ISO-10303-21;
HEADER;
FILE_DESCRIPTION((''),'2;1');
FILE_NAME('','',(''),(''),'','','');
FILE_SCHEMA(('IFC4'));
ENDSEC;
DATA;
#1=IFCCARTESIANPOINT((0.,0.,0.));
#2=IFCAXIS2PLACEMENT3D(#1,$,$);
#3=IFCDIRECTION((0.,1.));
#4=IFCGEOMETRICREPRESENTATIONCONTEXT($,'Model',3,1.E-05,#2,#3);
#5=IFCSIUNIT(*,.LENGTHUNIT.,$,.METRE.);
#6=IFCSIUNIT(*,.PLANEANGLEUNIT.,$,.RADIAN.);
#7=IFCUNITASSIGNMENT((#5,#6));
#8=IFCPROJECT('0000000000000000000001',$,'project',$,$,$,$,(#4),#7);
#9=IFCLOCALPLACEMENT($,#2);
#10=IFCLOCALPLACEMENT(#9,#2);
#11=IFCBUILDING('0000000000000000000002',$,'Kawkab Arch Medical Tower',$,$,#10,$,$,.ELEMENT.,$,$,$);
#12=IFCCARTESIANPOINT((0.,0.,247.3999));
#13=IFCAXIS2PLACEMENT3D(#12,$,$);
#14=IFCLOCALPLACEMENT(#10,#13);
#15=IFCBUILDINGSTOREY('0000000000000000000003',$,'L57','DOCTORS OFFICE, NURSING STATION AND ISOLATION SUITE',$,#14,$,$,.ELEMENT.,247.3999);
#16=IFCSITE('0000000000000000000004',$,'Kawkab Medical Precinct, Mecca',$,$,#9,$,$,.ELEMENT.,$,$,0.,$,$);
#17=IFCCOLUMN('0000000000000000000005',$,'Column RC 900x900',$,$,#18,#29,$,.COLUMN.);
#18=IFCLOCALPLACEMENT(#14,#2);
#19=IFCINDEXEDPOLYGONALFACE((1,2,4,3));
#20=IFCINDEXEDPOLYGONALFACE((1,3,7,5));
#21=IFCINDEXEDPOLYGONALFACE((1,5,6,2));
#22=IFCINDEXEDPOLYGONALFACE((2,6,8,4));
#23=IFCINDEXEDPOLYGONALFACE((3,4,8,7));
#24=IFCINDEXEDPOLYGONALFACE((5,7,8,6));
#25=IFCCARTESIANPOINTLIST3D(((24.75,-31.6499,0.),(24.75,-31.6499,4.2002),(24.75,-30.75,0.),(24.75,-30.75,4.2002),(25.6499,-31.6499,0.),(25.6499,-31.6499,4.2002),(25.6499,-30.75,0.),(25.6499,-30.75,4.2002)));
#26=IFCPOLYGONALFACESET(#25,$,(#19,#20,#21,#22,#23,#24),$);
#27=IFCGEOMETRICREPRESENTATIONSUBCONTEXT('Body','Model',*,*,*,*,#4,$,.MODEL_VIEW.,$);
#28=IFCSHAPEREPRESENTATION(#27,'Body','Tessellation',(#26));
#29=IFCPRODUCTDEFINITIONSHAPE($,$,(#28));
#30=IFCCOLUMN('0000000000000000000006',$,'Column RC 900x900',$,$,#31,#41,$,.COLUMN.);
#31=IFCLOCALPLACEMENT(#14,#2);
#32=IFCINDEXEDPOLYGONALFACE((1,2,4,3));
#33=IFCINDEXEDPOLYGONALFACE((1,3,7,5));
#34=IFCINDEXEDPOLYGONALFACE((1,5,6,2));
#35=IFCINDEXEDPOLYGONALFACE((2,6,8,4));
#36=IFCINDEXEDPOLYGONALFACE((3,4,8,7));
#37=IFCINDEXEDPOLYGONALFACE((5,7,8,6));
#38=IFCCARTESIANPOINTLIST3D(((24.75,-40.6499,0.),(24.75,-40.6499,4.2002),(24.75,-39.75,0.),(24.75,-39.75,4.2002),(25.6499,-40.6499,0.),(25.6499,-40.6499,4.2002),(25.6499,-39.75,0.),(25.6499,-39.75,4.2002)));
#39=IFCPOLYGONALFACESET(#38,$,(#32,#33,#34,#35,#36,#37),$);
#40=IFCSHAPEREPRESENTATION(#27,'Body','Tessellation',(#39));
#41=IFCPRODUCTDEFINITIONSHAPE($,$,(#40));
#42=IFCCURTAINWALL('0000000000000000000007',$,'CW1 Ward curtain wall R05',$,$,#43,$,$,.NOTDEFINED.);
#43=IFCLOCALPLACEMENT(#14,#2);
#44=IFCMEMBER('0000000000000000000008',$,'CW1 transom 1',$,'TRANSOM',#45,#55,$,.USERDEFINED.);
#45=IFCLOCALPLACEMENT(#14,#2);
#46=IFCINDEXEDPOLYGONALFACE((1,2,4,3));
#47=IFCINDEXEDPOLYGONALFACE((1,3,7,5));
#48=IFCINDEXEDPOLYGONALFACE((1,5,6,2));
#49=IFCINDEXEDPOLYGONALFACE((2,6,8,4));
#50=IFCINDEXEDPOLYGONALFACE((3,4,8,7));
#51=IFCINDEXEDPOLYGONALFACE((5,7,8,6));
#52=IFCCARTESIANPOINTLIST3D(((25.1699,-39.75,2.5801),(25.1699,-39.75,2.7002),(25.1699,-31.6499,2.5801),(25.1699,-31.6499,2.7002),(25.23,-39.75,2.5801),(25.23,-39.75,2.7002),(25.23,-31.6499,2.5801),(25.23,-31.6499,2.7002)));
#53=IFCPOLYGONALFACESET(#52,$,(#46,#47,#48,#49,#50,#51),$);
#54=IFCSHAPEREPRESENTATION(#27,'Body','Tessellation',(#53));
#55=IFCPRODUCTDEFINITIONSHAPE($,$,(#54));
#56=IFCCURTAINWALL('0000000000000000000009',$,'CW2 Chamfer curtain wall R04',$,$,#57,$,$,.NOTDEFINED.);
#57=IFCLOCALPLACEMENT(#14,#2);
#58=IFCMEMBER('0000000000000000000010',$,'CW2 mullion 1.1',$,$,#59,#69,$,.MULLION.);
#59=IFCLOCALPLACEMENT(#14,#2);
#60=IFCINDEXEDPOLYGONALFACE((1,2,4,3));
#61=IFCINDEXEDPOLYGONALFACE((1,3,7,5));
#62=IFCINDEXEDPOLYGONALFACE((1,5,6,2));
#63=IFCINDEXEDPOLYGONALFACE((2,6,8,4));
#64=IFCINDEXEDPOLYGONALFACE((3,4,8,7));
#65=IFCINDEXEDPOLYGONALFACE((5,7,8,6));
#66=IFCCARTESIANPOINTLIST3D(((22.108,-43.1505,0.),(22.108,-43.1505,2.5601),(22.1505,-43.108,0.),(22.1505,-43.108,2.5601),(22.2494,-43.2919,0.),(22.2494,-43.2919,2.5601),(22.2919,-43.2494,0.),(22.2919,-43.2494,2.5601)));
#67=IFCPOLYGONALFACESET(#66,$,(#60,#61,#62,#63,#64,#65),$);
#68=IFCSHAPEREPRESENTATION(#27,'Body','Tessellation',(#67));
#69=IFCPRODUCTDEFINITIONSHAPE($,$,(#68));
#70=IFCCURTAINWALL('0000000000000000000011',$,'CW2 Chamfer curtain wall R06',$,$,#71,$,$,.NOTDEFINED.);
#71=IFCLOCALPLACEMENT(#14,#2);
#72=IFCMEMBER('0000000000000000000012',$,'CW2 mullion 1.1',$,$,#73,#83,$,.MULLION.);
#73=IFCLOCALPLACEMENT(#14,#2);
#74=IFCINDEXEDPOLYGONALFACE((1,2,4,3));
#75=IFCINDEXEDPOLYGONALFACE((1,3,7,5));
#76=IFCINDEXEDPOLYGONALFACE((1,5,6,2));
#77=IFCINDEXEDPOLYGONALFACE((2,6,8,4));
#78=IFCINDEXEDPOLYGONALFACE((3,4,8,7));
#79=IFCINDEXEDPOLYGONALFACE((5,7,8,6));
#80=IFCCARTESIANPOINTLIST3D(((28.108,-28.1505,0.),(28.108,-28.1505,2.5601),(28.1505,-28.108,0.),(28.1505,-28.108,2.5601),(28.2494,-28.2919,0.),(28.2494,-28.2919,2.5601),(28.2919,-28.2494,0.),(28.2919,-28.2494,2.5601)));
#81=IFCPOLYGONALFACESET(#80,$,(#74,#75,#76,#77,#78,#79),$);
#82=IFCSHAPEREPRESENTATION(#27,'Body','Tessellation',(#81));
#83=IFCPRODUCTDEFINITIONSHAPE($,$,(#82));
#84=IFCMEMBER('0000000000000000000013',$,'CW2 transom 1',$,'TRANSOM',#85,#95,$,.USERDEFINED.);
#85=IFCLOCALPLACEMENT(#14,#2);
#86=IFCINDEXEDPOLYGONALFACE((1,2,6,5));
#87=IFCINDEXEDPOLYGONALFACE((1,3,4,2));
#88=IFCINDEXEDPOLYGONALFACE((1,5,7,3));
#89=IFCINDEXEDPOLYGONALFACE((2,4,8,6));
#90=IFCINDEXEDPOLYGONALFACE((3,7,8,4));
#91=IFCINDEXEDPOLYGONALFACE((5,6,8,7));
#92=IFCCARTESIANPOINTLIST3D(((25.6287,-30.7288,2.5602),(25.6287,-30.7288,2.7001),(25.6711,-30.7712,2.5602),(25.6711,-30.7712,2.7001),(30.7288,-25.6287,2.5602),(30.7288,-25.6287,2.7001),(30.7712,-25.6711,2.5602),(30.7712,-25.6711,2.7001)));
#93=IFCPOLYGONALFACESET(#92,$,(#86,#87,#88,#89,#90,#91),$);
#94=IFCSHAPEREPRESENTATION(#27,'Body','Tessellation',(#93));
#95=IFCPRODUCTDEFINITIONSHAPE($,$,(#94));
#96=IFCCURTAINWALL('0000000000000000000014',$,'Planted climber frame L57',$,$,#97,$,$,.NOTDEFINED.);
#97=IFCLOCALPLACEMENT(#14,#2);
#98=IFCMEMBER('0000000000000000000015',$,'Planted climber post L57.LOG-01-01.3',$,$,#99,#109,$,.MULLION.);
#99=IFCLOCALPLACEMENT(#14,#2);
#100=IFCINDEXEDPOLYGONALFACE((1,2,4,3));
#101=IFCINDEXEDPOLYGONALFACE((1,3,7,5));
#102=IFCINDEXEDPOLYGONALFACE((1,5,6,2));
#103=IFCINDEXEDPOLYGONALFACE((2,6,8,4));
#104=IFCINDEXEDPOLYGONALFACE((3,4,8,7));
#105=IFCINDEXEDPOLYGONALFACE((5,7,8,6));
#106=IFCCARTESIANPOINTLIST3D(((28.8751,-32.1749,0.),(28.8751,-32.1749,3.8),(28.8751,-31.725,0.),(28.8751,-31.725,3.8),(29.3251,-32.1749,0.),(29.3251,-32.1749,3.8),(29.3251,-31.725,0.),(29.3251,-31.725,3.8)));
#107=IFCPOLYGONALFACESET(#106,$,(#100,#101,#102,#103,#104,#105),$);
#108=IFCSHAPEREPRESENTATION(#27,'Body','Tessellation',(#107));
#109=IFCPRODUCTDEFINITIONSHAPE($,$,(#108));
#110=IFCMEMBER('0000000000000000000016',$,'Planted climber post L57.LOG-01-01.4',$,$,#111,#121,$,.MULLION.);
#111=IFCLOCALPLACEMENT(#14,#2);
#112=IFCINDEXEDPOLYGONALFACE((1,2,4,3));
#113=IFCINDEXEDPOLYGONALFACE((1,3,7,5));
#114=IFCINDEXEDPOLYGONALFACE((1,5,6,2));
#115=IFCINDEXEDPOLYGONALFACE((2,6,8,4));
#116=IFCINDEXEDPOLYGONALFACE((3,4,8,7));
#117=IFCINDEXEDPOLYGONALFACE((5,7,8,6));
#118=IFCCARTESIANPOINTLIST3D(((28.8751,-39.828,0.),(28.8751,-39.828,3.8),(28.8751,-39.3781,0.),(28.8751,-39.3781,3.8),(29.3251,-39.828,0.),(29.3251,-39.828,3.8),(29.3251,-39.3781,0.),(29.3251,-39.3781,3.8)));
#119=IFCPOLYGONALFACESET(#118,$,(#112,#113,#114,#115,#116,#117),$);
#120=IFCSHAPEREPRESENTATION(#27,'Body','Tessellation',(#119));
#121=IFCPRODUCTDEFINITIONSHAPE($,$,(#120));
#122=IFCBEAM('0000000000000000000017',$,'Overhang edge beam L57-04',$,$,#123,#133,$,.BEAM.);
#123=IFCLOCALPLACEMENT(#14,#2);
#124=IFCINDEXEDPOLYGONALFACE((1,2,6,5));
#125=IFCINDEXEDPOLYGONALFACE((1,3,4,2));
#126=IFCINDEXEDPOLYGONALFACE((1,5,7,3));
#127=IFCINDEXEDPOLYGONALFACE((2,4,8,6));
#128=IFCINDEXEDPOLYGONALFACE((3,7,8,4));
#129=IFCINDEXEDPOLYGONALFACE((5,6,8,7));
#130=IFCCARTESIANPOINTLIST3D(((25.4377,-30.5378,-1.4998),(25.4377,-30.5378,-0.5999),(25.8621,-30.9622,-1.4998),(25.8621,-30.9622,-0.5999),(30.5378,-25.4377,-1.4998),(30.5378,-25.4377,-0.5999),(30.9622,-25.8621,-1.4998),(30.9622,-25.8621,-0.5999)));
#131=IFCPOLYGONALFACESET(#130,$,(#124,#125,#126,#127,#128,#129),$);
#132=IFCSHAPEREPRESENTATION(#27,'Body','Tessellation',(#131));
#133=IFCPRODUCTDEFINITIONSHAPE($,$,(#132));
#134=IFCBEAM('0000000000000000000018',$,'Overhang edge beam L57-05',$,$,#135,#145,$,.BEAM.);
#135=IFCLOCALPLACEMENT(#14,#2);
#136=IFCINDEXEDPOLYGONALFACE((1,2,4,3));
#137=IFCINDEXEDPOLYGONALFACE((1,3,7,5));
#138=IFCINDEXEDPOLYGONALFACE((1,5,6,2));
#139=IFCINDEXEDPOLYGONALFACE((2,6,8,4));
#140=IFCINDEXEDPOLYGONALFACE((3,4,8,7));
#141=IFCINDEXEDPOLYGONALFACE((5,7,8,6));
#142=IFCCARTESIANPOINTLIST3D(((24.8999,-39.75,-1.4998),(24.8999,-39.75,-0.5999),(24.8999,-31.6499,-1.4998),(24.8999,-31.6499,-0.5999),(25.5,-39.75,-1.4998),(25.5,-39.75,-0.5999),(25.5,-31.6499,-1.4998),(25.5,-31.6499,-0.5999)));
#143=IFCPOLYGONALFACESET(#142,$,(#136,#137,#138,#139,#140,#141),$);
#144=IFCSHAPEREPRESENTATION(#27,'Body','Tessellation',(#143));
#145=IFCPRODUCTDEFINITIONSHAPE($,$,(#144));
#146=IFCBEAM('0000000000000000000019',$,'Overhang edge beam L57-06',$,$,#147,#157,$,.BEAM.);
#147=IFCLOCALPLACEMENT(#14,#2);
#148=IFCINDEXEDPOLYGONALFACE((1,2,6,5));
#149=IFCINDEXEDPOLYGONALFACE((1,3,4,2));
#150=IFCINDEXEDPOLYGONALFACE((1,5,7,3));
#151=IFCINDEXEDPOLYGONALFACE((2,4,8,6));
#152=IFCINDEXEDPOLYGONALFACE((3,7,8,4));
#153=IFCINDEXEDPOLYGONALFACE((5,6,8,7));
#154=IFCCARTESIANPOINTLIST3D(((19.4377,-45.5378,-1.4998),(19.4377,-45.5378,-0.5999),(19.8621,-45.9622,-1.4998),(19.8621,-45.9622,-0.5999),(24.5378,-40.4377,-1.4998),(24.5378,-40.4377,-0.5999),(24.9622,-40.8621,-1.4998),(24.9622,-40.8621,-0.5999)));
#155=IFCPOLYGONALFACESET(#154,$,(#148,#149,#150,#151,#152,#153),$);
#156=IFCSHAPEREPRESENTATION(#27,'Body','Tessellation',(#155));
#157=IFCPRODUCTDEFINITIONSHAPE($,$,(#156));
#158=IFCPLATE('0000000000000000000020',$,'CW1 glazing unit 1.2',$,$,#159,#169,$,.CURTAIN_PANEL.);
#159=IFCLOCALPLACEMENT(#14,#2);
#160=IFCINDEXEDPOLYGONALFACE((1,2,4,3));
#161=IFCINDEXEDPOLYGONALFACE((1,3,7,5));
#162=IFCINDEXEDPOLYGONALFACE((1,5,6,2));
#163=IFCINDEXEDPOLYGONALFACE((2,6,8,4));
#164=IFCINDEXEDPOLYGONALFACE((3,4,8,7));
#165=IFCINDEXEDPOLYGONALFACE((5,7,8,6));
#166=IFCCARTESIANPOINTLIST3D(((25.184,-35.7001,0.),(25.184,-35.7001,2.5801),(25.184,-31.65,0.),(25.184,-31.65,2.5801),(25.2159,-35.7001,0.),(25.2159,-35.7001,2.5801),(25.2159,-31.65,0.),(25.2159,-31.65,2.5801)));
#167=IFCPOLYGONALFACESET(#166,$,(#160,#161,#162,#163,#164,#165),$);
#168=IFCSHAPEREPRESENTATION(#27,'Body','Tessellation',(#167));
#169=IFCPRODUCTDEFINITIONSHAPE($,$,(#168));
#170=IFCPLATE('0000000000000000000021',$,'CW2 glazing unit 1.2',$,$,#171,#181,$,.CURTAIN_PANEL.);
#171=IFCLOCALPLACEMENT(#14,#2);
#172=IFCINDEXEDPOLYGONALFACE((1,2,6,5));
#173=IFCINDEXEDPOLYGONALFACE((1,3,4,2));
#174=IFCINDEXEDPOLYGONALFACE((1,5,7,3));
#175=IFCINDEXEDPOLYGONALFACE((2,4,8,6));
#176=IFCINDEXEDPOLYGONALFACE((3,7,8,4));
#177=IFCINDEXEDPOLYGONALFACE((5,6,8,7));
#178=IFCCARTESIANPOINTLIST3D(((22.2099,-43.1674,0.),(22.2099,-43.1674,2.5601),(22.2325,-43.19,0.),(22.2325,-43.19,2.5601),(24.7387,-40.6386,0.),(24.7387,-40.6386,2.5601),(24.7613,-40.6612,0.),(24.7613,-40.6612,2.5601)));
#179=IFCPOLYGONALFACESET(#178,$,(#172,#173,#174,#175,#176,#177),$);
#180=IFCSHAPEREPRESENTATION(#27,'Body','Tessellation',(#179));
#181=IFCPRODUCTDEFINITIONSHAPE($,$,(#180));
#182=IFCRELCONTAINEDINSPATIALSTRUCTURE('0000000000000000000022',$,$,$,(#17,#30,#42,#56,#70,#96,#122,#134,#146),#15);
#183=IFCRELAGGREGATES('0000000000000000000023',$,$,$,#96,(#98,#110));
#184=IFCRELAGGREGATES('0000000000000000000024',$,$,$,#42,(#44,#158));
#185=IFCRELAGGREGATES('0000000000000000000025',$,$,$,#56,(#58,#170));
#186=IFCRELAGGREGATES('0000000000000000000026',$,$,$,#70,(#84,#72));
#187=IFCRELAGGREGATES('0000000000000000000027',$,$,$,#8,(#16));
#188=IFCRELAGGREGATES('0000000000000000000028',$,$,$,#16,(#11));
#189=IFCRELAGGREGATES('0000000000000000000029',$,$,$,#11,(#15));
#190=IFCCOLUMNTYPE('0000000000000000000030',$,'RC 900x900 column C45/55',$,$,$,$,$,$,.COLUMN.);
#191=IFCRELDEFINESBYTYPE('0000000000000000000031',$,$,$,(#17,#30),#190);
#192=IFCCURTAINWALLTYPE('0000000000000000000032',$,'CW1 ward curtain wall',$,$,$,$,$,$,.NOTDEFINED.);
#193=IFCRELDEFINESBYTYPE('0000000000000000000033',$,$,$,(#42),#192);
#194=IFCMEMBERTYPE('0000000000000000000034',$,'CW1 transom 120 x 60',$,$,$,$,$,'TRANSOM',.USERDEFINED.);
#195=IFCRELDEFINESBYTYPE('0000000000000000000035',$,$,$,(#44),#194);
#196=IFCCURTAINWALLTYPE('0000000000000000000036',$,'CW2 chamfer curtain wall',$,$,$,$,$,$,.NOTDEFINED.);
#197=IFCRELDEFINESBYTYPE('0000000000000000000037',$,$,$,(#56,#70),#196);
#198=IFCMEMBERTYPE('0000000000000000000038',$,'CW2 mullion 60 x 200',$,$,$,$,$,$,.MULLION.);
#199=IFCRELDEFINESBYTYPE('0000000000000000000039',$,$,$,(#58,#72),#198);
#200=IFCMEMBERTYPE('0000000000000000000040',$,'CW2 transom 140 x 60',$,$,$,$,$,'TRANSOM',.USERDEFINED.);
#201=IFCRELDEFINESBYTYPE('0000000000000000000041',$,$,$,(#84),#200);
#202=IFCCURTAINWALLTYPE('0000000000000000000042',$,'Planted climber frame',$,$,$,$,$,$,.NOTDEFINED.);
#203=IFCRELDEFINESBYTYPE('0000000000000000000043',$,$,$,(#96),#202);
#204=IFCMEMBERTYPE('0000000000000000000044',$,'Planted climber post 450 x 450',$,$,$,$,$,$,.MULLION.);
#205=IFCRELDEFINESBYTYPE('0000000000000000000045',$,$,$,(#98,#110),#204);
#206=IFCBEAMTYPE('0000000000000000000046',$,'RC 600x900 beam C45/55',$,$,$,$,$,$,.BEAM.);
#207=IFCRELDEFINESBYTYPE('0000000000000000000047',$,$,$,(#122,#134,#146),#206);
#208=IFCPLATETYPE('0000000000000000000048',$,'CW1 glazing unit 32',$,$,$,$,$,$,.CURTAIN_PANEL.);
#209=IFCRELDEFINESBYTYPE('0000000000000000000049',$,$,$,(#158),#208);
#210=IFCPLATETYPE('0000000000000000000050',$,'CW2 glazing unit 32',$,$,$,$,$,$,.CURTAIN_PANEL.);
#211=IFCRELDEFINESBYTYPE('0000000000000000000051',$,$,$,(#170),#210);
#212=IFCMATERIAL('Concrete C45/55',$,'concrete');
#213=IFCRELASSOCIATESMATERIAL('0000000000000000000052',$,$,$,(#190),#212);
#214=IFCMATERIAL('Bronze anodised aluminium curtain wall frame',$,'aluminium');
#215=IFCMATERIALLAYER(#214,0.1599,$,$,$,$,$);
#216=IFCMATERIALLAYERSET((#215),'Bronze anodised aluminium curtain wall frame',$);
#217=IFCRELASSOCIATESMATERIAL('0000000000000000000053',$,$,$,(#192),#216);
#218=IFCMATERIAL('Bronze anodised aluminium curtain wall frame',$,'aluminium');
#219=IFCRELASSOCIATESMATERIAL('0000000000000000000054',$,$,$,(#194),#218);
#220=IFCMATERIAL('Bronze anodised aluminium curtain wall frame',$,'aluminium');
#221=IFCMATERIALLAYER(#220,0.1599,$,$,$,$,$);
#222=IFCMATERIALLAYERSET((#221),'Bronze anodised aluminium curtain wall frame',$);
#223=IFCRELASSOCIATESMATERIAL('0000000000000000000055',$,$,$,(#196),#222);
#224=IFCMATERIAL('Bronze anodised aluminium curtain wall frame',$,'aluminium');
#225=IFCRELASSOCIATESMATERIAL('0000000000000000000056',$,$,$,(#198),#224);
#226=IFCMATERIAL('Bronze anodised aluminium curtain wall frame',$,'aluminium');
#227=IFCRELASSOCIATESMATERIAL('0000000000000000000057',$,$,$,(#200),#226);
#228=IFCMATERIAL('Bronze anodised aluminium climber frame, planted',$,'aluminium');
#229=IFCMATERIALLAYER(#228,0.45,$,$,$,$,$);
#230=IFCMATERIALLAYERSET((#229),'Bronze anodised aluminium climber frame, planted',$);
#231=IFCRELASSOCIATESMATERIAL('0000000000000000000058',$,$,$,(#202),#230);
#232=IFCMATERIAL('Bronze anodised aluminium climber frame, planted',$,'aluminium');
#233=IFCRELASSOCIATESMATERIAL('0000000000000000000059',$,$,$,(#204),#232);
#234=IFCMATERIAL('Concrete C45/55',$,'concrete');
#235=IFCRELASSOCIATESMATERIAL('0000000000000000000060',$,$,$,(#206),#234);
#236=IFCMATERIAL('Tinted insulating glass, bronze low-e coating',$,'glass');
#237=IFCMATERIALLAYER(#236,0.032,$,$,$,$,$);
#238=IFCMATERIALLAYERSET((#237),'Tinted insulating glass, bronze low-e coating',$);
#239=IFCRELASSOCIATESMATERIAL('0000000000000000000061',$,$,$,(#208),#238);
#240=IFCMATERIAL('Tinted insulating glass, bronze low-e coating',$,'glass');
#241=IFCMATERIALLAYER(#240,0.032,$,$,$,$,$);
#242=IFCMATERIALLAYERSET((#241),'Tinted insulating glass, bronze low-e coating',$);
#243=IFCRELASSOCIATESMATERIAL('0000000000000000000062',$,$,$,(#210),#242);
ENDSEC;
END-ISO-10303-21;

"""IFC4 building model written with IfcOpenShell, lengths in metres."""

from ifc_helpers import new_model, si_unit, direction, frame, origin, origin_2d, place, context, subcontext, project, spatial, rectangle, extrude, material, layer, layer_set, material_profile, profile_set, type_object, element, aggregate, save


model = new_model("IFC4")

# Units and contexts
model_context = context("Model", 3, precision=1e-05, world=origin(), true_north=direction((0.0, 1.0)))
body_context = subcontext(model_context, "Body", "Model", "MODEL_VIEW")
ifc_project = project(units=[si_unit("LENGTHUNIT", "METRE"), si_unit("PLANEANGLEUNIT", "RADIAN")], contexts=[model_context])

# Site, building, storey
site_placement = place(None, origin())
site = spatial("IfcSite", under=ifc_project, at=site_placement, Name="Kawkab Medical Precinct, Mecca", CompositionType="ELEMENT", RefElevation=0.0)
building_placement = place(site_placement, origin())
building = spatial("IfcBuilding", under=site, at=building_placement, Name="Kawkab Arch Medical Tower", CompositionType="ELEMENT")
storey_placement = place(building_placement, frame((0.0, 0.0, 247.3999)))
storey = spatial("IfcBuildingStorey", under=building, at=storey_placement, Name="L57", Description="DOCTORS OFFICE, NURSING STATION AND ISOLATION SUITE", CompositionType="ELEMENT", Elevation=247.3999)

# Columns
ifc_material_1 = material(Name="Concrete C45/55", Category="concrete")
ifc_material_profile_1 = material_profile(ifc_material_1, rectangle(XDim=0.8999, YDim=0.8999, at=origin_2d()), Name="RC 900x900")
ifc_profile_set_1 = profile_set([ifc_material_profile_1], Name="Concrete C45/55")
column_type = type_object("IfcColumnType", Name="RC 900x900 column C45/55", PredefinedType="COLUMN", material=ifc_profile_set_1)
for number, where, z_axis, x_axis, name in (
    (1, (25.2, -31.2, 0.0), (0.0, 0.0, 1.0), (1.0, 0.0, 0.0), "Column RC 900x900"),
    (2, (25.2, -40.2, 0.0), (0.0, 0.0, 1.0), (1.0, 0.0, 0.0), "Column RC 900x900"),
):
    element("IfcColumn", number, at=place(storey_placement, frame(where, z_axis=z_axis, x_axis=x_axis)), inside=storey, type_object=column_type, Name=name, PredefinedType="COLUMN", context=body_context, shape_type="SweptSolid", body=[
        extrude(rectangle(XDim=0.8999, YDim=0.8999, at=origin_2d()), origin(), (0.0, 0.0, 1.0), 4.2002),
    ])

# Curtain walls, members
ifc_material_2 = material(Name="Bronze anodised aluminium curtain wall frame", Category="aluminium")
ifc_layer_1 = layer(ifc_material_2, 0.1599)
ifc_layer_set_1 = layer_set([ifc_layer_1], Name="Bronze anodised aluminium curtain wall frame")
curtain_wall_type_1 = type_object("IfcCurtainWallType", Name="CW1 ward curtain wall", PredefinedType="NOTDEFINED", material=ifc_layer_set_1)
placement = place(storey_placement, origin())
curtain_wall_1 = element("IfcCurtainWall", 3, at=placement, inside=storey, type_object=curtain_wall_type_1, Name="CW1 Ward curtain wall R05", PredefinedType="NOTDEFINED")
ifc_material_3 = material(Name="Bronze anodised aluminium curtain wall frame", Category="aluminium")
ifc_material_profile_2 = material_profile(ifc_material_3, rectangle(XDim=0.0601, YDim=0.1201, at=origin_2d()), Name="AL 60x120")
ifc_profile_set_2 = profile_set([ifc_material_profile_2], Name="Bronze anodised aluminium curtain wall frame")
member_type_1 = type_object("IfcMemberType", Name="CW1 transom 120 x 60", ElementType="TRANSOM", PredefinedType="USERDEFINED", material=ifc_profile_set_2)
member_1_placement = place(storey_placement, frame((25.2, -39.75, 2.6401), z_axis=(0.0, 1.0, 0.0), x_axis=(-1.0, 0.0, 0.0)))
member_1 = element("IfcMember", 4, at=member_1_placement, type_object=member_type_1, Name="CW1 transom 1", ObjectType="TRANSOM", PredefinedType="USERDEFINED", context=body_context, shape_type="SweptSolid", body=[
    extrude(rectangle(XDim=0.0601, YDim=0.1201, at=origin_2d()), origin(), (0.0, 0.0, 1.0), 8.1001),
])
ifc_material_4 = material(Name="Bronze anodised aluminium curtain wall frame", Category="aluminium")
ifc_layer_2 = layer(ifc_material_4, 0.1599)
ifc_layer_set_2 = layer_set([ifc_layer_2], Name="Bronze anodised aluminium curtain wall frame")
curtain_wall_type_2 = type_object("IfcCurtainWallType", Name="CW2 chamfer curtain wall", PredefinedType="NOTDEFINED", material=ifc_layer_set_2)
curtain_wall_2 = element("IfcCurtainWall", 5, at=placement, inside=storey, type_object=curtain_wall_type_2, Name="CW2 Chamfer curtain wall R04", PredefinedType="NOTDEFINED")
ifc_material_5 = material(Name="Bronze anodised aluminium curtain wall frame", Category="aluminium")
ifc_material_profile_3 = material_profile(ifc_material_5, rectangle(XDim=0.2, YDim=0.0601, at=origin_2d()), Name="AL 60x200")
ifc_profile_set_3 = profile_set([ifc_material_profile_3], Name="Bronze anodised aluminium curtain wall frame")
member_type_2 = type_object("IfcMemberType", Name="CW2 mullion 60 x 200", PredefinedType="MULLION", material=ifc_profile_set_3)
member_2_placement = place(storey_placement, frame((22.2, -43.2, 0.0), z_axis=(0.0, 0.0, 1.0), x_axis=(-0.707107, 0.707107, 0.0)))
member_2 = element("IfcMember", 6, at=member_2_placement, type_object=member_type_2, Name="CW2 mullion 1.1", PredefinedType="MULLION", context=body_context, shape_type="SweptSolid", body=[
    extrude(rectangle(XDim=0.2, YDim=0.0601, at=origin_2d()), origin(), (0.0, 0.0, 1.0), 2.5601),
])

# Curtain walls, members
curtain_wall_3 = element("IfcCurtainWall", 7, at=placement, inside=storey, type_object=curtain_wall_type_2, Name="CW2 Chamfer curtain wall R06", PredefinedType="NOTDEFINED")
member_3_placement = place(storey_placement, frame((28.2, -28.2, 0.0), z_axis=(0.0, 0.0, 1.0), x_axis=(-0.707107, 0.707107, 0.0)))
member_3 = element("IfcMember", 8, at=member_3_placement, type_object=member_type_2, Name="CW2 mullion 1.1", PredefinedType="MULLION", context=body_context, shape_type="SweptSolid", body=[
    extrude(rectangle(XDim=0.2, YDim=0.0601, at=origin_2d()), origin(), (0.0, 0.0, 1.0), 2.5601),
])
ifc_material_6 = material(Name="Bronze anodised aluminium curtain wall frame", Category="aluminium")
ifc_material_profile_4 = material_profile(ifc_material_6, rectangle(XDim=0.0601, YDim=0.1399, at=origin_2d()), Name="AL 60x140")
ifc_profile_set_4 = profile_set([ifc_material_profile_4], Name="Bronze anodised aluminium curtain wall frame")
member_type_3 = type_object("IfcMemberType", Name="CW2 transom 140 x 60", ElementType="TRANSOM", PredefinedType="USERDEFINED", material=ifc_profile_set_4)
member_4_placement = place(storey_placement, frame((25.6499, -30.75, 2.6301), z_axis=(0.707107, 0.707107, 0.0), x_axis=(-0.707107, 0.707107, 0.0)))
member_4 = element("IfcMember", 9, at=member_4_placement, type_object=member_type_3, Name="CW2 transom 1", ObjectType="TRANSOM", PredefinedType="USERDEFINED", context=body_context, shape_type="SweptSolid", body=[
    extrude(rectangle(XDim=0.0601, YDim=0.1399, at=origin_2d()), origin(), (0.0, 0.0, 1.0), 7.2126),
])
ifc_material_7 = material(Name="Bronze anodised aluminium climber frame, planted", Category="aluminium")
ifc_layer_3 = layer(ifc_material_7, 0.45)
ifc_layer_set_3 = layer_set([ifc_layer_3], Name="Bronze anodised aluminium climber frame, planted")
curtain_wall_type_3 = type_object("IfcCurtainWallType", Name="Planted climber frame", PredefinedType="NOTDEFINED", material=ifc_layer_set_3)
curtain_wall_4 = element("IfcCurtainWall", 10, at=placement, inside=storey, type_object=curtain_wall_type_3, Name="Planted climber frame L57", PredefinedType="NOTDEFINED")
ifc_material_8 = material(Name="Bronze anodised aluminium climber frame, planted", Category="aluminium")
ifc_material_profile_5 = material_profile(ifc_material_8, rectangle(XDim=0.45, YDim=0.45, at=origin_2d()), Name="Post 450x450")
ifc_profile_set_5 = profile_set([ifc_material_profile_5], Name="Bronze anodised aluminium climber frame, planted")
member_type_4 = type_object("IfcMemberType", Name="Planted climber post 450 x 450", PredefinedType="MULLION", material=ifc_profile_set_5)
member_5_placement = place(storey_placement, frame((29.1001, -31.95, 0.0), z_axis=(0.0, 0.0, 1.0), x_axis=(1.0, 0.0, 0.0)))
member_5 = element("IfcMember", 11, at=member_5_placement, type_object=member_type_4, Name="Planted climber post L57.LOG-01-01.3", PredefinedType="MULLION", context=body_context, shape_type="SweptSolid", body=[
    extrude(rectangle(XDim=0.45, YDim=0.45, at=origin_2d()), origin(), (0.0, 0.0, 1.0), 3.8),
])
member_6_placement = place(storey_placement, frame((29.1001, -39.603, 0.0), z_axis=(0.0, 0.0, 1.0), x_axis=(1.0, 0.0, 0.0)))
member_6 = element("IfcMember", 12, at=member_6_placement, type_object=member_type_4, Name="Planted climber post L57.LOG-01-01.4", PredefinedType="MULLION", context=body_context, shape_type="SweptSolid", body=[
    extrude(rectangle(XDim=0.45, YDim=0.45, at=origin_2d()), origin(), (0.0, 0.0, 1.0), 3.8),
])
aggregate(curtain_wall_4, [member_5, member_6])

# Beams
ifc_material_9 = material(Name="Concrete C45/55", Category="concrete")
ifc_material_profile_6 = material_profile(ifc_material_9, rectangle(XDim=0.6001, YDim=0.8999, at=origin_2d()), Name="RC 600x900")
ifc_profile_set_6 = profile_set([ifc_material_profile_6], Name="Concrete C45/55")
beam_type = type_object("IfcBeamType", Name="RC 600x900 beam C45/55", PredefinedType="BEAM", material=ifc_profile_set_6)
beam_1_placement = place(storey_placement, frame((30.75, -25.6499, -1.0498), z_axis=(-0.707107, -0.707107, 0.0), x_axis=(0.707107, -0.707107, 0.0)))
element("IfcBeam", 13, at=beam_1_placement, inside=storey, type_object=beam_type, Name="Overhang edge beam L57-04", PredefinedType="BEAM", context=body_context, shape_type="SweptSolid", body=[
    extrude(rectangle(XDim=0.6001, YDim=0.8999, at=origin_2d()), origin(), (0.0, 0.0, 1.0), 7.2126),
])
beam_2_placement = place(storey_placement, frame((25.2, -31.6499, -1.0498), z_axis=(0.0, -1.0, 0.0), x_axis=(1.0, 0.0, 0.0)))
element("IfcBeam", 14, at=beam_2_placement, inside=storey, type_object=beam_type, Name="Overhang edge beam L57-05", PredefinedType="BEAM", context=body_context, shape_type="SweptSolid", body=[
    extrude(rectangle(XDim=0.6001, YDim=0.8999, at=origin_2d()), origin(), (0.0, 0.0, 1.0), 8.1001),
])
beam_3_placement = place(storey_placement, frame((24.75, -40.6499, -1.0498), z_axis=(-0.707107, -0.707107, 0.0), x_axis=(0.707107, -0.707107, 0.0)))
element("IfcBeam", 15, at=beam_3_placement, inside=storey, type_object=beam_type, Name="Overhang edge beam L57-06", PredefinedType="BEAM", context=body_context, shape_type="SweptSolid", body=[
    extrude(rectangle(XDim=0.6001, YDim=0.8999, at=origin_2d()), origin(), (0.0, 0.0, 1.0), 7.2126),
])

# Plates
ifc_material_10 = material(Name="Tinted insulating glass, bronze low-e coating", Category="glass")
ifc_layer_4 = layer(ifc_material_10, 0.032)
ifc_layer_set_4 = layer_set([ifc_layer_4], Name="Tinted insulating glass, bronze low-e coating")
plate_type_1 = type_object("IfcPlateType", Name="CW1 glazing unit 32", PredefinedType="CURTAIN_PANEL", material=ifc_layer_set_4)
plate_1_placement = place(storey_placement, frame((25.2, -33.675, 0.0), z_axis=(0.0, 0.0, 1.0), x_axis=(0.0, 1.0, 0.0)))
plate_1 = element("IfcPlate", 16, at=plate_1_placement, type_object=plate_type_1, Name="CW1 glazing unit 1.2", PredefinedType="CURTAIN_PANEL", context=body_context, shape_type="SweptSolid", body=[
    extrude(rectangle(XDim=4.05, YDim=0.032, at=origin_2d()), origin(), (0.0, 0.0, 1.0), 2.5801),
])
aggregate(curtain_wall_1, [member_1, plate_1])
ifc_material_11 = material(Name="Tinted insulating glass, bronze low-e coating", Category="glass")
ifc_layer_5 = layer(ifc_material_11, 0.032)
ifc_layer_set_5 = layer_set([ifc_layer_5], Name="Tinted insulating glass, bronze low-e coating")
plate_type_2 = type_object("IfcPlateType", Name="CW2 glazing unit 32", PredefinedType="CURTAIN_PANEL", material=ifc_layer_set_5)
plate_2_placement = place(storey_placement, frame((23.4856, -41.9143, 0.0), z_axis=(0.0, 0.0, 1.0), x_axis=(0.707107, 0.707107, 0.0)))
plate_2 = element("IfcPlate", 17, at=plate_2_placement, type_object=plate_type_2, Name="CW2 glazing unit 1.2", PredefinedType="CURTAIN_PANEL", context=body_context, shape_type="SweptSolid", body=[
    extrude(rectangle(XDim=3.5762, YDim=0.032, at=origin_2d()), origin(), (0.0, 0.0, 1.0), 2.5601),
])
aggregate(curtain_wall_2, [member_2, plate_2])
aggregate(curtain_wall_3, [member_4, member_3])

save(model, "model.ifc")
